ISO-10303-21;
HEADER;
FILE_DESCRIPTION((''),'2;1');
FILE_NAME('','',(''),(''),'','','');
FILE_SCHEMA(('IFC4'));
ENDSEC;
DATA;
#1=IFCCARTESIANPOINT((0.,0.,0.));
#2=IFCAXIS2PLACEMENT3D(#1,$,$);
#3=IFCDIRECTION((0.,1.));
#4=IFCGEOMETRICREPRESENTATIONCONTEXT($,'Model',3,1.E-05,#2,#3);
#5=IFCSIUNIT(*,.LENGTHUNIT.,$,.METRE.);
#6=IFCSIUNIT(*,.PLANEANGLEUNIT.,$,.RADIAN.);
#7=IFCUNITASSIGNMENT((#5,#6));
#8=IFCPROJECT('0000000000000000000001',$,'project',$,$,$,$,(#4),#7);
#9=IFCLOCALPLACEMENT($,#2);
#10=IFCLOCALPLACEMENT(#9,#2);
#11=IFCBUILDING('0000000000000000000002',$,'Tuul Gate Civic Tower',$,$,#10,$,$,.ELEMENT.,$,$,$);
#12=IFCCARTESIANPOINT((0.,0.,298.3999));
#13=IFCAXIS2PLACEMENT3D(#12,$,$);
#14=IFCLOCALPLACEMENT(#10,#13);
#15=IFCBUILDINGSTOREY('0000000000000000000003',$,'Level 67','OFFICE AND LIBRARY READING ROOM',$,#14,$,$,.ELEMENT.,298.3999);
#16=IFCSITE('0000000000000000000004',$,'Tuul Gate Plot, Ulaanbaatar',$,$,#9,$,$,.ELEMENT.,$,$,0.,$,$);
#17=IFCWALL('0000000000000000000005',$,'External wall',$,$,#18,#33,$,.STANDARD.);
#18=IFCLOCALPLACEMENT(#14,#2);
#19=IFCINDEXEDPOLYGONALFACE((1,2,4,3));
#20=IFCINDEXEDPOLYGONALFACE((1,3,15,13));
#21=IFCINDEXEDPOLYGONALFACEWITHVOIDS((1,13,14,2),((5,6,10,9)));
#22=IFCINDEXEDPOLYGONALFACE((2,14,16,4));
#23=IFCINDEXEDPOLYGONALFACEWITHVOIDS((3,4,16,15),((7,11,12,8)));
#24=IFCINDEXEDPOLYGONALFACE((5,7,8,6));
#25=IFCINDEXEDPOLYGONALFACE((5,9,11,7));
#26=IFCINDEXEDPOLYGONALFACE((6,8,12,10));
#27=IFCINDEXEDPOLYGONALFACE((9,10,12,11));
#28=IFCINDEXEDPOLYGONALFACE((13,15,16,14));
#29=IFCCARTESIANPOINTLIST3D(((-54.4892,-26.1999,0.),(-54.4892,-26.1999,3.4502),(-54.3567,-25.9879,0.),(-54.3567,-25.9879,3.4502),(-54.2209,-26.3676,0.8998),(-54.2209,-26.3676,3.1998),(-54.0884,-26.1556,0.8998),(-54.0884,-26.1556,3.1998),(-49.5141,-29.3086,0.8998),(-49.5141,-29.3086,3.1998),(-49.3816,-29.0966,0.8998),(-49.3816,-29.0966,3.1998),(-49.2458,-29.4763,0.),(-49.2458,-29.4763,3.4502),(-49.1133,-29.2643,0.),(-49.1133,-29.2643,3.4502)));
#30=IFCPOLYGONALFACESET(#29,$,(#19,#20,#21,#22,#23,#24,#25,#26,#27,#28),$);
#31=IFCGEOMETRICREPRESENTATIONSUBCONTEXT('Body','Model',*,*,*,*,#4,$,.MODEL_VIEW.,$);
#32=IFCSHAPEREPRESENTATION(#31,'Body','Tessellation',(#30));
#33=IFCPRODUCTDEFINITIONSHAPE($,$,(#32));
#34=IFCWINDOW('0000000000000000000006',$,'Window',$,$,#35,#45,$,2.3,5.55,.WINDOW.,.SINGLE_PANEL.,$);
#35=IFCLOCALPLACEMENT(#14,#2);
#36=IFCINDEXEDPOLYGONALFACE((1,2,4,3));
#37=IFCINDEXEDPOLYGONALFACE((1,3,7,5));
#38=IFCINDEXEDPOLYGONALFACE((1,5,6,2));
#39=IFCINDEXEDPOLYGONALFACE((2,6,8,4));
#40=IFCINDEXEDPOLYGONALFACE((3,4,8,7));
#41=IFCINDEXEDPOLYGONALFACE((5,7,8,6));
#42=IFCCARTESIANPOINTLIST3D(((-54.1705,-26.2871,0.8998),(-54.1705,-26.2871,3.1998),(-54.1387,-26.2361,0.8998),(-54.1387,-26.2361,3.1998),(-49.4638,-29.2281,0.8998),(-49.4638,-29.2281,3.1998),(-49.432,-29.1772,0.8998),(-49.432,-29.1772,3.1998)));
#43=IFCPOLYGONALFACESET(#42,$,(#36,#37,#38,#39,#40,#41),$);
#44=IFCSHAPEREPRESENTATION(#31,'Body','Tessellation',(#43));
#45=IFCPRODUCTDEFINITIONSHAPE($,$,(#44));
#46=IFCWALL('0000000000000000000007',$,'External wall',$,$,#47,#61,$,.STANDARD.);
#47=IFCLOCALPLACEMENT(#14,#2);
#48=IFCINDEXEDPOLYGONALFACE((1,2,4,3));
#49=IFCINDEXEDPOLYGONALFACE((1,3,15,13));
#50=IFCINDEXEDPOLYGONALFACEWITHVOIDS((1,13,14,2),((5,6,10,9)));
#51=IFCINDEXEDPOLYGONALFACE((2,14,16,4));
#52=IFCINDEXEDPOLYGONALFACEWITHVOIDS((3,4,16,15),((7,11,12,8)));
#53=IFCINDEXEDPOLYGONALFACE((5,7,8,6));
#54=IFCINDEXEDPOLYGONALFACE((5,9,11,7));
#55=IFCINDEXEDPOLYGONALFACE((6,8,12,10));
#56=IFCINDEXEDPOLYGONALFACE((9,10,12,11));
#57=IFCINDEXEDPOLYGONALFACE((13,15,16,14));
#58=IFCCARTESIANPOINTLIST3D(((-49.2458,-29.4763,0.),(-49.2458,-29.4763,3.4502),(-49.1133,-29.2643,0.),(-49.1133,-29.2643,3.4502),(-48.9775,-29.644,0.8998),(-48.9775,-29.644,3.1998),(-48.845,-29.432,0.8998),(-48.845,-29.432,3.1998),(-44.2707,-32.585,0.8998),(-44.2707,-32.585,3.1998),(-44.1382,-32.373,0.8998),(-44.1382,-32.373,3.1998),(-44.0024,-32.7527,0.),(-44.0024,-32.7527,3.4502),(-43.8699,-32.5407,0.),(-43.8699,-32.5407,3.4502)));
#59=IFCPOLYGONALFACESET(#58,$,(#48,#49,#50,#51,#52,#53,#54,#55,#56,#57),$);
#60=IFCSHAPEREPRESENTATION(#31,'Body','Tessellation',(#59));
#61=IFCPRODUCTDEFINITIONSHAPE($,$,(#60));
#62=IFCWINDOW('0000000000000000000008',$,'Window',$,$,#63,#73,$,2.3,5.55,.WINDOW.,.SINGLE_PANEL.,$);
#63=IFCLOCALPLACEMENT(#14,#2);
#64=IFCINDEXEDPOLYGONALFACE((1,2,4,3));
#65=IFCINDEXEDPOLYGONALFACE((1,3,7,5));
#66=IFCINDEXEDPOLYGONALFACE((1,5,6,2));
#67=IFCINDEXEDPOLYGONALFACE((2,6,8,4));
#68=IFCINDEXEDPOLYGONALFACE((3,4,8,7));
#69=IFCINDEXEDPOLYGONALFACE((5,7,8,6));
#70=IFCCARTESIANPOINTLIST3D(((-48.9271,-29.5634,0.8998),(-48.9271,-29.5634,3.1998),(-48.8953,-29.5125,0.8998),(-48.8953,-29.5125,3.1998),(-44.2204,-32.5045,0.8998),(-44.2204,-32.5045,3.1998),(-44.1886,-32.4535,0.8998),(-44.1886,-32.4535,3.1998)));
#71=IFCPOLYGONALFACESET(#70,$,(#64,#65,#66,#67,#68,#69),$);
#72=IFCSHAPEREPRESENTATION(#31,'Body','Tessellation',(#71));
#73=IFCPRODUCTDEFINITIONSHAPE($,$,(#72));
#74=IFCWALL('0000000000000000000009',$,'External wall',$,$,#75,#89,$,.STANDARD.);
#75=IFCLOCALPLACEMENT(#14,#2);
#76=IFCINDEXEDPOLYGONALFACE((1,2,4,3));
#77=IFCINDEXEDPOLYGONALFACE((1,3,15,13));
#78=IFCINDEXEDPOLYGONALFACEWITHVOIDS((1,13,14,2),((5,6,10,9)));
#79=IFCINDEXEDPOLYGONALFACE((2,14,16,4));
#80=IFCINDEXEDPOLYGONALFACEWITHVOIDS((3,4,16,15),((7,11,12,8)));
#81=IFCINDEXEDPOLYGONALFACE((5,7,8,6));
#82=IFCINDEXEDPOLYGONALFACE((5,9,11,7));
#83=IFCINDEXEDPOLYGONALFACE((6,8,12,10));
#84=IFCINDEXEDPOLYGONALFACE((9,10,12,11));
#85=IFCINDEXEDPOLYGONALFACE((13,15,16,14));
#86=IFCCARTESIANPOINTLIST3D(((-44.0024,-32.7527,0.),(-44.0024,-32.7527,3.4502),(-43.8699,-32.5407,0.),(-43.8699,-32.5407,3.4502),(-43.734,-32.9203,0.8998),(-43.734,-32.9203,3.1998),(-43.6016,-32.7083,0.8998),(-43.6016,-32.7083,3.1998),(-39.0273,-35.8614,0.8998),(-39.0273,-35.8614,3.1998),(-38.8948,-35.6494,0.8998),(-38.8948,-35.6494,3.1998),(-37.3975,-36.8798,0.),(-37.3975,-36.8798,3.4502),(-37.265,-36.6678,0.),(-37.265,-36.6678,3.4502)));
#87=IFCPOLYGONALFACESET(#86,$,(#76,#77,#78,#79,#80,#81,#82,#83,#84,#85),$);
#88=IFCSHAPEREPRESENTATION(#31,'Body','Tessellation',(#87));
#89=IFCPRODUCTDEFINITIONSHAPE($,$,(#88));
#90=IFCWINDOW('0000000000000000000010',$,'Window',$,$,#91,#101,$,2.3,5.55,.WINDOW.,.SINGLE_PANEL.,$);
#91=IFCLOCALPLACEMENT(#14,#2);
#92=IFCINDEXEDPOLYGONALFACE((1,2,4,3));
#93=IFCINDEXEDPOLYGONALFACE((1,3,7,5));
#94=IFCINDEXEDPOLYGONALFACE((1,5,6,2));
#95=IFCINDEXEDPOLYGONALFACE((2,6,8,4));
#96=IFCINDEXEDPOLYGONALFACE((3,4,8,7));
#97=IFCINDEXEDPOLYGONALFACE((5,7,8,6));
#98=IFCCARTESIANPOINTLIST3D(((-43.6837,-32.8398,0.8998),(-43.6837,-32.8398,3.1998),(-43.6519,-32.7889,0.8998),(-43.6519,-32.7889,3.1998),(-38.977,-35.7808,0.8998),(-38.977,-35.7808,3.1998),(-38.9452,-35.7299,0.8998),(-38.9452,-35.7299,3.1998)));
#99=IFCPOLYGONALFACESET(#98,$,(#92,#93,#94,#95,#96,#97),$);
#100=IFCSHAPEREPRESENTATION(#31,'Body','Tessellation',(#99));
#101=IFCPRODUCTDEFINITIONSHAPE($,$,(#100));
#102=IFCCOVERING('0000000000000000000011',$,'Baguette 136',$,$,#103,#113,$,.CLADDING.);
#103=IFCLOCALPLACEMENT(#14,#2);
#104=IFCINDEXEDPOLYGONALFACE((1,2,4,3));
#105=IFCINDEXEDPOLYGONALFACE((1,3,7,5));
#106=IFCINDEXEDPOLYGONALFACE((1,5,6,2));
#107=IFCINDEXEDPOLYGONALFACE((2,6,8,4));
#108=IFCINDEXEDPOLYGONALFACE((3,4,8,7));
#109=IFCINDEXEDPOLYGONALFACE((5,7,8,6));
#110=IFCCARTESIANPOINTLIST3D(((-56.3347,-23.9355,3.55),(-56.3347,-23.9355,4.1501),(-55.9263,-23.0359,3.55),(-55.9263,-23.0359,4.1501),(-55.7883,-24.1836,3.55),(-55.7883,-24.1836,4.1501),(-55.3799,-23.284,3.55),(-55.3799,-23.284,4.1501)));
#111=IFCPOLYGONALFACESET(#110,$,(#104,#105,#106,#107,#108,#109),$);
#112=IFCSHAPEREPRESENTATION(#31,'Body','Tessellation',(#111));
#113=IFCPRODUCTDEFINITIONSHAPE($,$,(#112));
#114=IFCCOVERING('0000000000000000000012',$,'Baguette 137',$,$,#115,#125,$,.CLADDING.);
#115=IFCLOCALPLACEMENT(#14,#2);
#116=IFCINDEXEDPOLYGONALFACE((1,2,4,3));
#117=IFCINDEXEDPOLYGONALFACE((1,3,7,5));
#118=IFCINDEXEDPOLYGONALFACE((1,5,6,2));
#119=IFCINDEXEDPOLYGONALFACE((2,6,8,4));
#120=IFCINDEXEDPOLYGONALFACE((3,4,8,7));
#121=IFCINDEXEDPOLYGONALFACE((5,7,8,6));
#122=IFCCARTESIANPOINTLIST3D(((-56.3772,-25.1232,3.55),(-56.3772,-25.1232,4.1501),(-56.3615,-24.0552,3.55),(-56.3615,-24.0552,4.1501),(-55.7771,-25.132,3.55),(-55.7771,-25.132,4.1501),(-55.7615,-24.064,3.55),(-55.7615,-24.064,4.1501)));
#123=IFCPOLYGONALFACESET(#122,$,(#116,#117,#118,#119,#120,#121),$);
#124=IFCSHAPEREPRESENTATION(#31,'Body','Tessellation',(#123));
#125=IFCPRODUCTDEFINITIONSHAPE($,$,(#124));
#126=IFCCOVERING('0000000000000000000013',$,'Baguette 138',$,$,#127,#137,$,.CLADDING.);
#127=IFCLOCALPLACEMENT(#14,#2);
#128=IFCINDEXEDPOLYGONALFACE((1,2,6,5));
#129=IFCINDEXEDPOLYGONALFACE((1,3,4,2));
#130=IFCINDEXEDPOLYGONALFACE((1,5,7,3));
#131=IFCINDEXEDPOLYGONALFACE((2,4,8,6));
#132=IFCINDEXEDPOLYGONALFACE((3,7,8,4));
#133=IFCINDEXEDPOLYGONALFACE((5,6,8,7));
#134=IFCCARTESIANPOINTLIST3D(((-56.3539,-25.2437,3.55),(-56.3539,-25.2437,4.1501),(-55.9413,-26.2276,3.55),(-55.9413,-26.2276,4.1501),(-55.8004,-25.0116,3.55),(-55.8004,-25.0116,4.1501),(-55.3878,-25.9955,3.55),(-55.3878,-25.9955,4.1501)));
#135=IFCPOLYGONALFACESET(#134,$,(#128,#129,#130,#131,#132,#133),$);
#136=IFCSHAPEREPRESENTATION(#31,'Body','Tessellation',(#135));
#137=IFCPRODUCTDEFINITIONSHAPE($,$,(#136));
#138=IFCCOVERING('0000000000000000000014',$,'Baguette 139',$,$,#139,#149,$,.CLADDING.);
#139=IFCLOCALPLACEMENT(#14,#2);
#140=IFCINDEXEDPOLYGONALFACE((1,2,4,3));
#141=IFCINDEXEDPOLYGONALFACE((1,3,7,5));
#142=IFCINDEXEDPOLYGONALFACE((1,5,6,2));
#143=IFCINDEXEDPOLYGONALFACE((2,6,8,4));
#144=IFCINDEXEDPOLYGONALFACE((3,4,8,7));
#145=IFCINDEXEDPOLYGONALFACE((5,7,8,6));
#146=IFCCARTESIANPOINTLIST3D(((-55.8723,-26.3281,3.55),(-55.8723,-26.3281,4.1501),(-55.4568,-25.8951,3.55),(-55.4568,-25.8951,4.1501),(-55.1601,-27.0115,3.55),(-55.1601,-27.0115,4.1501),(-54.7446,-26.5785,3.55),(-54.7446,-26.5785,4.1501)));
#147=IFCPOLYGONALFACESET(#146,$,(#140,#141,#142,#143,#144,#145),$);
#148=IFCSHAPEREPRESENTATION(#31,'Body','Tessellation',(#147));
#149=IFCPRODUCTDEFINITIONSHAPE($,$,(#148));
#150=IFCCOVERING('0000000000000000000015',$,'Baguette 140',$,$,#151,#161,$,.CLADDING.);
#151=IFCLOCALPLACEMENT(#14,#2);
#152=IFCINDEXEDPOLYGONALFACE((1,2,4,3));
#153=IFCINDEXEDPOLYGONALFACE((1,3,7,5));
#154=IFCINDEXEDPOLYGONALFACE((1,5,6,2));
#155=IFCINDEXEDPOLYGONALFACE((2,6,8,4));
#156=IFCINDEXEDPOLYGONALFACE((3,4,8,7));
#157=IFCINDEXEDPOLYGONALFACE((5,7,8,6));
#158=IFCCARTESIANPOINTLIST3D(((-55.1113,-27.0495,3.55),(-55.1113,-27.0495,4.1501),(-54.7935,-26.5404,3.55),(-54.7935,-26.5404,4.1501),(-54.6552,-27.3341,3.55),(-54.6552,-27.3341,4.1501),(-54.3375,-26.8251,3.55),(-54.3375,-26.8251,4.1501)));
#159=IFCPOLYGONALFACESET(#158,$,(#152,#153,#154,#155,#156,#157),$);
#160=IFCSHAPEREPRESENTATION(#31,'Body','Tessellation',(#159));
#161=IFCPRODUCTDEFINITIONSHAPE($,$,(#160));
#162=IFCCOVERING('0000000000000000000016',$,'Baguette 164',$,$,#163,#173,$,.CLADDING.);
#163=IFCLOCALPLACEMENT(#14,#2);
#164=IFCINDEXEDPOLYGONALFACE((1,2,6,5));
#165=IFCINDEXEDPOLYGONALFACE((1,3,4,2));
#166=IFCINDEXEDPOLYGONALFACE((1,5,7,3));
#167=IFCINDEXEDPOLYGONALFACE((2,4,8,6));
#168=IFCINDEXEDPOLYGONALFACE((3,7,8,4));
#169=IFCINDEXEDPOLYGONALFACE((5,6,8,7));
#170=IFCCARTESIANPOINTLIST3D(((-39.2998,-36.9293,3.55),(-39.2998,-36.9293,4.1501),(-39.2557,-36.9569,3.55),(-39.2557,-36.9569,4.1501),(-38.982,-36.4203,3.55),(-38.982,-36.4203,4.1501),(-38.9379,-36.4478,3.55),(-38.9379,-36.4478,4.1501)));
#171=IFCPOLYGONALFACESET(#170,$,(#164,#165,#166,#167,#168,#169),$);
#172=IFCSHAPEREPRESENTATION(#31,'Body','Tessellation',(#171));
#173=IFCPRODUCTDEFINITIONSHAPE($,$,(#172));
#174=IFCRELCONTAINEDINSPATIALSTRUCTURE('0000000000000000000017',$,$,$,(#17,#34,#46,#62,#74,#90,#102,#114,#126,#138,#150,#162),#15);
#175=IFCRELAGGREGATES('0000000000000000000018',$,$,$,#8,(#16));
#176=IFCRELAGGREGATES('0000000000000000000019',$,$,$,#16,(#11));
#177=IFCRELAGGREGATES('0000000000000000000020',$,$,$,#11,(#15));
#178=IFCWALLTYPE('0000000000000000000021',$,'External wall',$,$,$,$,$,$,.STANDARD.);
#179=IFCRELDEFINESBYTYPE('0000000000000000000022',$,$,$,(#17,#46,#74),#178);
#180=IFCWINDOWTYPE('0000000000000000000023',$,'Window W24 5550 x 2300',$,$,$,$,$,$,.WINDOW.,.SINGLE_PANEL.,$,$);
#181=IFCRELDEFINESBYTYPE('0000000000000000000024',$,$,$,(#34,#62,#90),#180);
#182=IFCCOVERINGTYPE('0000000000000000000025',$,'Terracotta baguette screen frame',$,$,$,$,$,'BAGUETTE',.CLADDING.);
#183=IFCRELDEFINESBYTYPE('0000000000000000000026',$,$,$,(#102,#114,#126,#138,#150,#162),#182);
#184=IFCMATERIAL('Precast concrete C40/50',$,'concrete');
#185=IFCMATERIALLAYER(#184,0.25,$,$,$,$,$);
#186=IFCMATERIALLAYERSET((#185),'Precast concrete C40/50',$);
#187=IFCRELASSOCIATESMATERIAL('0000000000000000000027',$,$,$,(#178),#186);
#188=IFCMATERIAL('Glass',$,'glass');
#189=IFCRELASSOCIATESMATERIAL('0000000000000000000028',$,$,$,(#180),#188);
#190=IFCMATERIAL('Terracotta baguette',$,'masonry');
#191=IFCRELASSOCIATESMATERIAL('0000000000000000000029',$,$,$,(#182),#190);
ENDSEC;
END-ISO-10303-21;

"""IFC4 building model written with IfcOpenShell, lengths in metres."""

from ifc_helpers import new_model, si_unit, direction, frame, frame_2d, origin, origin_2d, place, context, subcontext, project, spatial, rectangle, extrude, material, layer, layer_set, material_profile, profile_set, type_object, element, fill, save


model = new_model("IFC4")

# Units and contexts
model_context = context("Model", 3, precision=1e-05, world=origin(), true_north=direction((0.0, 1.0)))
body_context = subcontext(model_context, "Body", "Model", "MODEL_VIEW")
ifc_project = project(units=[si_unit("LENGTHUNIT", "METRE"), si_unit("PLANEANGLEUNIT", "RADIAN")], contexts=[model_context])

# Site, building, storey
site_placement = place(None, origin())
site = spatial("IfcSite", under=ifc_project, at=site_placement, Name="Tuul Gate Plot, Ulaanbaatar", CompositionType="ELEMENT", RefElevation=0.0)
building_placement = place(site_placement, origin())
building = spatial("IfcBuilding", under=site, at=building_placement, Name="Tuul Gate Civic Tower", CompositionType="ELEMENT")
storey_placement = place(building_placement, frame((0.0, 0.0, 298.3999)))
storey = spatial("IfcBuildingStorey", under=building, at=storey_placement, Name="Level 67", Description="OFFICE AND LIBRARY READING ROOM", CompositionType="ELEMENT", Elevation=298.3999)

# Shared definitions
ifc_material_1 = material(Name="Precast concrete C40/50", Category="concrete")
ifc_layer_1 = layer(ifc_material_1, 0.25)
ifc_layer_set_1 = layer_set([ifc_layer_1], Name="Precast concrete C40/50")
wall_type_1 = type_object("IfcWallType", Name="External wall", PredefinedType="STANDARD", material=ifc_layer_set_1)

# Walls, openings, windows
wall_1_placement = place(storey_placement, frame((-54.4229, -26.094, 0.0), z_axis=(0.0, 0.0, 1.0), x_axis=(0.848054, -0.52991, 0.0)))
wall_1 = element("IfcWall", 1, at=wall_1_placement, inside=storey, type_object=wall_type_1, Name="External wall", PredefinedType="STANDARD", context=body_context, shape_type="SweptSolid", body=[
    extrude(rectangle(XDim=6.1829, YDim=0.25, at=frame_2d((3.0913, 0.0))), origin(), (0.0, 0.0, 1.0), 3.4502),
])
opening_1_placement = place(wall_1_placement, frame((0.3164, 0.0, 0.8999)))
opening_1 = element("IfcOpeningElement", 2, at=opening_1_placement, cuts=wall_1, PredefinedType="OPENING", context=body_context, shape_type="SweptSolid", body=[
    extrude(rectangle(XDim=5.55, YDim=2.3, at=frame_2d((2.7749, 1.1499))), frame((0.0, 0.135, 0.0), z_axis=(0.0, -1.0, 0.0), x_axis=(1.0, 0.0, 0.0)), (0.0, 0.0, 1.0), 0.27),
])
ifc_material_2 = material(Name="Glass", Category="glass")
window_type = type_object("IfcWindowType", Name="Window W24 5550 x 2300", PartitioningType="SINGLE_PANEL", PredefinedType="WINDOW", material=ifc_material_2)
window_1_placement = place(opening_1_placement, origin())
window_1 = element("IfcWindow", 3, at=window_1_placement, inside=storey, type_object=window_type, Name="Window", OverallHeight=2.3, OverallWidth=5.55, PartitioningType="SINGLE_PANEL", PredefinedType="WINDOW", context=body_context, shape_type="SweptSolid", body=[
    extrude(rectangle(XDim=5.55, YDim=2.3, at=frame_2d((2.7749, 1.1499))), frame((0.0, 0.03, 0.0), z_axis=(0.0, -1.0, 0.0), x_axis=(1.0, 0.0, 0.0)), (0.0, 0.0, 1.0), 0.0601),
])
fill(opening_1, window_1)
wall_2_placement = place(storey_placement, frame((-49.1794, -29.3704, 0.0), z_axis=(0.0, 0.0, 1.0), x_axis=(0.848054, -0.52991, 0.0)))
wall_2 = element("IfcWall", 4, at=wall_2_placement, inside=storey, type_object=wall_type_1, Name="External wall", PredefinedType="STANDARD", context=body_context, shape_type="SweptSolid", body=[
    extrude(rectangle(XDim=6.1829, YDim=0.25, at=frame_2d((3.0913, 0.0))), origin(), (0.0, 0.0, 1.0), 3.4502),
])
opening_2_placement = place(wall_2_placement, frame((0.3164, 0.0, 0.8999)))
opening_2 = element("IfcOpeningElement", 5, at=opening_2_placement, cuts=wall_2, PredefinedType="OPENING", context=body_context, shape_type="SweptSolid", body=[
    extrude(rectangle(XDim=5.55, YDim=2.3, at=frame_2d((2.7749, 1.1499))), frame((0.0, 0.135, 0.0), z_axis=(0.0, -1.0, 0.0), x_axis=(1.0, 0.0, 0.0)), (0.0, 0.0, 1.0), 0.27),
])
window_2_placement = place(opening_2_placement, origin())
window_2 = element("IfcWindow", 6, at=window_2_placement, inside=storey, type_object=window_type, Name="Window", OverallHeight=2.3, OverallWidth=5.55, PartitioningType="SINGLE_PANEL", PredefinedType="WINDOW", context=body_context, shape_type="SweptSolid", body=[
    extrude(rectangle(XDim=5.55, YDim=2.3, at=frame_2d((2.7749, 1.1499))), frame((0.0, 0.03, 0.0), z_axis=(0.0, -1.0, 0.0), x_axis=(1.0, 0.0, 0.0)), (0.0, 0.0, 1.0), 0.0601),
])
fill(opening_2, window_2)
wall_3_placement = place(storey_placement, frame((-43.936, -32.6467, 0.0), z_axis=(0.0, 0.0, 1.0), x_axis=(0.848051, -0.529914, 0.0)))
wall_3 = element("IfcWall", 7, at=wall_3_placement, inside=storey, type_object=wall_type_1, Name="External wall", PredefinedType="STANDARD", context=body_context, shape_type="SweptSolid", body=[
    extrude(rectangle(XDim=7.7883, YDim=0.25, at=frame_2d((3.894, 0.0))), origin(), (0.0, 0.0, 1.0), 3.4502),
])
opening_3_placement = place(wall_3_placement, frame((0.3164, 0.0, 0.8999)))
opening_3 = element("IfcOpeningElement", 8, at=opening_3_placement, cuts=wall_3, PredefinedType="OPENING", context=body_context, shape_type="SweptSolid", body=[
    extrude(rectangle(XDim=5.55, YDim=2.3, at=frame_2d((2.7749, 1.1499))), frame((0.0, 0.135, 0.0), z_axis=(0.0, -1.0, 0.0), x_axis=(1.0, 0.0, 0.0)), (0.0, 0.0, 1.0), 0.27),
])
window_3_placement = place(opening_3_placement, origin())
window_3 = element("IfcWindow", 9, at=window_3_placement, inside=storey, type_object=window_type, Name="Window", OverallHeight=2.3, OverallWidth=5.55, PartitioningType="SINGLE_PANEL", PredefinedType="WINDOW", context=body_context, shape_type="SweptSolid", body=[
    extrude(rectangle(XDim=5.55, YDim=2.3, at=frame_2d((2.7749, 1.1499))), frame((0.0, 0.03, 0.0), z_axis=(0.0, -1.0, 0.0), x_axis=(1.0, 0.0, 0.0)), (0.0, 0.0, 1.0), 0.0601),
])
fill(opening_3, window_3)

# Coverings
ifc_material_3 = material(Name="Terracotta baguette", Category="masonry")
ifc_material_profile_1 = material_profile(ifc_material_3, rectangle(XDim=0.6001, YDim=0.6001, at=origin_2d()), Name="Terracotta baguette screen frame")
ifc_profile_set_1 = profile_set([ifc_material_profile_1], Name="Terracotta baguette")
covering_type = type_object("IfcCoveringType", Name="Terracotta baguette screen frame", ElementType="BAGUETTE", PredefinedType="CLADDING", material=ifc_profile_set_1)
covering_1_placement = place(storey_placement, frame((-55.6531, -23.1599, 3.8501), z_axis=(-0.413393, -0.910553, 0.0), x_axis=(0.910553, -0.413393, 0.0)))
element("IfcCovering", 10, at=covering_1_placement, inside=storey, type_object=covering_type, Name="Baguette 136", PredefinedType="CLADDING", context=body_context, shape_type="SweptSolid", body=[
    extrude(rectangle(XDim=0.6001, YDim=0.6001, at=origin_2d()), origin(), (0.0, 0.0, 1.0), 0.988),
])
covering_2_placement = place(storey_placement, frame((-56.0615, -24.0596, 3.8501), z_axis=(-0.014627, -0.999893, 0.0), x_axis=(0.999893, -0.014627, 0.0)))
element("IfcCovering", 11, at=covering_2_placement, inside=storey, type_object=covering_type, Name="Baguette 137", PredefinedType="CLADDING", context=body_context, shape_type="SweptSolid", body=[
    extrude(rectangle(XDim=0.6001, YDim=0.6001, at=origin_2d()), origin(), (0.0, 0.0, 1.0), 1.0681),
])
covering_3_placement = place(storey_placement, frame((-56.0771, -25.1277, 3.8501), z_axis=(0.386727, -0.922194, 0.0), x_axis=(0.922194, 0.386727, 0.0)))
element("IfcCovering", 12, at=covering_3_placement, inside=storey, type_object=covering_type, Name="Baguette 138", PredefinedType="CLADDING", context=body_context, shape_type="SweptSolid", body=[
    extrude(rectangle(XDim=0.6001, YDim=0.6001, at=origin_2d()), origin(), (0.0, 0.0, 1.0), 1.0669),
])
covering_4_placement = place(storey_placement, frame((-55.6646, -26.1116, 3.8501), z_axis=(0.72155, -0.692362, 0.0), x_axis=(0.692362, 0.72155, 0.0)))
element("IfcCovering", 13, at=covering_4_placement, inside=storey, type_object=covering_type, Name="Baguette 139", PredefinedType="CLADDING", context=body_context, shape_type="SweptSolid", body=[
    extrude(rectangle(XDim=0.6001, YDim=0.6001, at=origin_2d()), origin(), (0.0, 0.0, 1.0), 0.9871),
])
covering_5_placement = place(storey_placement, frame((-54.9524, -26.7949, 3.8501), z_axis=(0.848304, -0.529509, 0.0), x_axis=(0.529509, 0.848304, 0.0)))
element("IfcCovering", 14, at=covering_5_placement, inside=storey, type_object=covering_type, Name="Baguette 140", PredefinedType="CLADDING", context=body_context, shape_type="SweptSolid", body=[
    extrude(rectangle(XDim=0.6001, YDim=0.6001, at=origin_2d()), origin(), (0.0, 0.0, 1.0), 0.5376),
])
covering_6_placement = place(storey_placement, frame((-39.1409, -36.6748, 3.8501), z_axis=(0.848261, -0.529578, 0.0), x_axis=(0.529578, 0.848261, 0.0)))
element("IfcCovering", 15, at=covering_6_placement, inside=storey, type_object=covering_type, Name="Baguette 164", PredefinedType="CLADDING", context=body_context, shape_type="SweptSolid", body=[
    extrude(rectangle(XDim=0.6001, YDim=0.6001, at=origin_2d()), origin(), (0.0, 0.0, 1.0), 0.052),
])

save(model, "model.ifc")
